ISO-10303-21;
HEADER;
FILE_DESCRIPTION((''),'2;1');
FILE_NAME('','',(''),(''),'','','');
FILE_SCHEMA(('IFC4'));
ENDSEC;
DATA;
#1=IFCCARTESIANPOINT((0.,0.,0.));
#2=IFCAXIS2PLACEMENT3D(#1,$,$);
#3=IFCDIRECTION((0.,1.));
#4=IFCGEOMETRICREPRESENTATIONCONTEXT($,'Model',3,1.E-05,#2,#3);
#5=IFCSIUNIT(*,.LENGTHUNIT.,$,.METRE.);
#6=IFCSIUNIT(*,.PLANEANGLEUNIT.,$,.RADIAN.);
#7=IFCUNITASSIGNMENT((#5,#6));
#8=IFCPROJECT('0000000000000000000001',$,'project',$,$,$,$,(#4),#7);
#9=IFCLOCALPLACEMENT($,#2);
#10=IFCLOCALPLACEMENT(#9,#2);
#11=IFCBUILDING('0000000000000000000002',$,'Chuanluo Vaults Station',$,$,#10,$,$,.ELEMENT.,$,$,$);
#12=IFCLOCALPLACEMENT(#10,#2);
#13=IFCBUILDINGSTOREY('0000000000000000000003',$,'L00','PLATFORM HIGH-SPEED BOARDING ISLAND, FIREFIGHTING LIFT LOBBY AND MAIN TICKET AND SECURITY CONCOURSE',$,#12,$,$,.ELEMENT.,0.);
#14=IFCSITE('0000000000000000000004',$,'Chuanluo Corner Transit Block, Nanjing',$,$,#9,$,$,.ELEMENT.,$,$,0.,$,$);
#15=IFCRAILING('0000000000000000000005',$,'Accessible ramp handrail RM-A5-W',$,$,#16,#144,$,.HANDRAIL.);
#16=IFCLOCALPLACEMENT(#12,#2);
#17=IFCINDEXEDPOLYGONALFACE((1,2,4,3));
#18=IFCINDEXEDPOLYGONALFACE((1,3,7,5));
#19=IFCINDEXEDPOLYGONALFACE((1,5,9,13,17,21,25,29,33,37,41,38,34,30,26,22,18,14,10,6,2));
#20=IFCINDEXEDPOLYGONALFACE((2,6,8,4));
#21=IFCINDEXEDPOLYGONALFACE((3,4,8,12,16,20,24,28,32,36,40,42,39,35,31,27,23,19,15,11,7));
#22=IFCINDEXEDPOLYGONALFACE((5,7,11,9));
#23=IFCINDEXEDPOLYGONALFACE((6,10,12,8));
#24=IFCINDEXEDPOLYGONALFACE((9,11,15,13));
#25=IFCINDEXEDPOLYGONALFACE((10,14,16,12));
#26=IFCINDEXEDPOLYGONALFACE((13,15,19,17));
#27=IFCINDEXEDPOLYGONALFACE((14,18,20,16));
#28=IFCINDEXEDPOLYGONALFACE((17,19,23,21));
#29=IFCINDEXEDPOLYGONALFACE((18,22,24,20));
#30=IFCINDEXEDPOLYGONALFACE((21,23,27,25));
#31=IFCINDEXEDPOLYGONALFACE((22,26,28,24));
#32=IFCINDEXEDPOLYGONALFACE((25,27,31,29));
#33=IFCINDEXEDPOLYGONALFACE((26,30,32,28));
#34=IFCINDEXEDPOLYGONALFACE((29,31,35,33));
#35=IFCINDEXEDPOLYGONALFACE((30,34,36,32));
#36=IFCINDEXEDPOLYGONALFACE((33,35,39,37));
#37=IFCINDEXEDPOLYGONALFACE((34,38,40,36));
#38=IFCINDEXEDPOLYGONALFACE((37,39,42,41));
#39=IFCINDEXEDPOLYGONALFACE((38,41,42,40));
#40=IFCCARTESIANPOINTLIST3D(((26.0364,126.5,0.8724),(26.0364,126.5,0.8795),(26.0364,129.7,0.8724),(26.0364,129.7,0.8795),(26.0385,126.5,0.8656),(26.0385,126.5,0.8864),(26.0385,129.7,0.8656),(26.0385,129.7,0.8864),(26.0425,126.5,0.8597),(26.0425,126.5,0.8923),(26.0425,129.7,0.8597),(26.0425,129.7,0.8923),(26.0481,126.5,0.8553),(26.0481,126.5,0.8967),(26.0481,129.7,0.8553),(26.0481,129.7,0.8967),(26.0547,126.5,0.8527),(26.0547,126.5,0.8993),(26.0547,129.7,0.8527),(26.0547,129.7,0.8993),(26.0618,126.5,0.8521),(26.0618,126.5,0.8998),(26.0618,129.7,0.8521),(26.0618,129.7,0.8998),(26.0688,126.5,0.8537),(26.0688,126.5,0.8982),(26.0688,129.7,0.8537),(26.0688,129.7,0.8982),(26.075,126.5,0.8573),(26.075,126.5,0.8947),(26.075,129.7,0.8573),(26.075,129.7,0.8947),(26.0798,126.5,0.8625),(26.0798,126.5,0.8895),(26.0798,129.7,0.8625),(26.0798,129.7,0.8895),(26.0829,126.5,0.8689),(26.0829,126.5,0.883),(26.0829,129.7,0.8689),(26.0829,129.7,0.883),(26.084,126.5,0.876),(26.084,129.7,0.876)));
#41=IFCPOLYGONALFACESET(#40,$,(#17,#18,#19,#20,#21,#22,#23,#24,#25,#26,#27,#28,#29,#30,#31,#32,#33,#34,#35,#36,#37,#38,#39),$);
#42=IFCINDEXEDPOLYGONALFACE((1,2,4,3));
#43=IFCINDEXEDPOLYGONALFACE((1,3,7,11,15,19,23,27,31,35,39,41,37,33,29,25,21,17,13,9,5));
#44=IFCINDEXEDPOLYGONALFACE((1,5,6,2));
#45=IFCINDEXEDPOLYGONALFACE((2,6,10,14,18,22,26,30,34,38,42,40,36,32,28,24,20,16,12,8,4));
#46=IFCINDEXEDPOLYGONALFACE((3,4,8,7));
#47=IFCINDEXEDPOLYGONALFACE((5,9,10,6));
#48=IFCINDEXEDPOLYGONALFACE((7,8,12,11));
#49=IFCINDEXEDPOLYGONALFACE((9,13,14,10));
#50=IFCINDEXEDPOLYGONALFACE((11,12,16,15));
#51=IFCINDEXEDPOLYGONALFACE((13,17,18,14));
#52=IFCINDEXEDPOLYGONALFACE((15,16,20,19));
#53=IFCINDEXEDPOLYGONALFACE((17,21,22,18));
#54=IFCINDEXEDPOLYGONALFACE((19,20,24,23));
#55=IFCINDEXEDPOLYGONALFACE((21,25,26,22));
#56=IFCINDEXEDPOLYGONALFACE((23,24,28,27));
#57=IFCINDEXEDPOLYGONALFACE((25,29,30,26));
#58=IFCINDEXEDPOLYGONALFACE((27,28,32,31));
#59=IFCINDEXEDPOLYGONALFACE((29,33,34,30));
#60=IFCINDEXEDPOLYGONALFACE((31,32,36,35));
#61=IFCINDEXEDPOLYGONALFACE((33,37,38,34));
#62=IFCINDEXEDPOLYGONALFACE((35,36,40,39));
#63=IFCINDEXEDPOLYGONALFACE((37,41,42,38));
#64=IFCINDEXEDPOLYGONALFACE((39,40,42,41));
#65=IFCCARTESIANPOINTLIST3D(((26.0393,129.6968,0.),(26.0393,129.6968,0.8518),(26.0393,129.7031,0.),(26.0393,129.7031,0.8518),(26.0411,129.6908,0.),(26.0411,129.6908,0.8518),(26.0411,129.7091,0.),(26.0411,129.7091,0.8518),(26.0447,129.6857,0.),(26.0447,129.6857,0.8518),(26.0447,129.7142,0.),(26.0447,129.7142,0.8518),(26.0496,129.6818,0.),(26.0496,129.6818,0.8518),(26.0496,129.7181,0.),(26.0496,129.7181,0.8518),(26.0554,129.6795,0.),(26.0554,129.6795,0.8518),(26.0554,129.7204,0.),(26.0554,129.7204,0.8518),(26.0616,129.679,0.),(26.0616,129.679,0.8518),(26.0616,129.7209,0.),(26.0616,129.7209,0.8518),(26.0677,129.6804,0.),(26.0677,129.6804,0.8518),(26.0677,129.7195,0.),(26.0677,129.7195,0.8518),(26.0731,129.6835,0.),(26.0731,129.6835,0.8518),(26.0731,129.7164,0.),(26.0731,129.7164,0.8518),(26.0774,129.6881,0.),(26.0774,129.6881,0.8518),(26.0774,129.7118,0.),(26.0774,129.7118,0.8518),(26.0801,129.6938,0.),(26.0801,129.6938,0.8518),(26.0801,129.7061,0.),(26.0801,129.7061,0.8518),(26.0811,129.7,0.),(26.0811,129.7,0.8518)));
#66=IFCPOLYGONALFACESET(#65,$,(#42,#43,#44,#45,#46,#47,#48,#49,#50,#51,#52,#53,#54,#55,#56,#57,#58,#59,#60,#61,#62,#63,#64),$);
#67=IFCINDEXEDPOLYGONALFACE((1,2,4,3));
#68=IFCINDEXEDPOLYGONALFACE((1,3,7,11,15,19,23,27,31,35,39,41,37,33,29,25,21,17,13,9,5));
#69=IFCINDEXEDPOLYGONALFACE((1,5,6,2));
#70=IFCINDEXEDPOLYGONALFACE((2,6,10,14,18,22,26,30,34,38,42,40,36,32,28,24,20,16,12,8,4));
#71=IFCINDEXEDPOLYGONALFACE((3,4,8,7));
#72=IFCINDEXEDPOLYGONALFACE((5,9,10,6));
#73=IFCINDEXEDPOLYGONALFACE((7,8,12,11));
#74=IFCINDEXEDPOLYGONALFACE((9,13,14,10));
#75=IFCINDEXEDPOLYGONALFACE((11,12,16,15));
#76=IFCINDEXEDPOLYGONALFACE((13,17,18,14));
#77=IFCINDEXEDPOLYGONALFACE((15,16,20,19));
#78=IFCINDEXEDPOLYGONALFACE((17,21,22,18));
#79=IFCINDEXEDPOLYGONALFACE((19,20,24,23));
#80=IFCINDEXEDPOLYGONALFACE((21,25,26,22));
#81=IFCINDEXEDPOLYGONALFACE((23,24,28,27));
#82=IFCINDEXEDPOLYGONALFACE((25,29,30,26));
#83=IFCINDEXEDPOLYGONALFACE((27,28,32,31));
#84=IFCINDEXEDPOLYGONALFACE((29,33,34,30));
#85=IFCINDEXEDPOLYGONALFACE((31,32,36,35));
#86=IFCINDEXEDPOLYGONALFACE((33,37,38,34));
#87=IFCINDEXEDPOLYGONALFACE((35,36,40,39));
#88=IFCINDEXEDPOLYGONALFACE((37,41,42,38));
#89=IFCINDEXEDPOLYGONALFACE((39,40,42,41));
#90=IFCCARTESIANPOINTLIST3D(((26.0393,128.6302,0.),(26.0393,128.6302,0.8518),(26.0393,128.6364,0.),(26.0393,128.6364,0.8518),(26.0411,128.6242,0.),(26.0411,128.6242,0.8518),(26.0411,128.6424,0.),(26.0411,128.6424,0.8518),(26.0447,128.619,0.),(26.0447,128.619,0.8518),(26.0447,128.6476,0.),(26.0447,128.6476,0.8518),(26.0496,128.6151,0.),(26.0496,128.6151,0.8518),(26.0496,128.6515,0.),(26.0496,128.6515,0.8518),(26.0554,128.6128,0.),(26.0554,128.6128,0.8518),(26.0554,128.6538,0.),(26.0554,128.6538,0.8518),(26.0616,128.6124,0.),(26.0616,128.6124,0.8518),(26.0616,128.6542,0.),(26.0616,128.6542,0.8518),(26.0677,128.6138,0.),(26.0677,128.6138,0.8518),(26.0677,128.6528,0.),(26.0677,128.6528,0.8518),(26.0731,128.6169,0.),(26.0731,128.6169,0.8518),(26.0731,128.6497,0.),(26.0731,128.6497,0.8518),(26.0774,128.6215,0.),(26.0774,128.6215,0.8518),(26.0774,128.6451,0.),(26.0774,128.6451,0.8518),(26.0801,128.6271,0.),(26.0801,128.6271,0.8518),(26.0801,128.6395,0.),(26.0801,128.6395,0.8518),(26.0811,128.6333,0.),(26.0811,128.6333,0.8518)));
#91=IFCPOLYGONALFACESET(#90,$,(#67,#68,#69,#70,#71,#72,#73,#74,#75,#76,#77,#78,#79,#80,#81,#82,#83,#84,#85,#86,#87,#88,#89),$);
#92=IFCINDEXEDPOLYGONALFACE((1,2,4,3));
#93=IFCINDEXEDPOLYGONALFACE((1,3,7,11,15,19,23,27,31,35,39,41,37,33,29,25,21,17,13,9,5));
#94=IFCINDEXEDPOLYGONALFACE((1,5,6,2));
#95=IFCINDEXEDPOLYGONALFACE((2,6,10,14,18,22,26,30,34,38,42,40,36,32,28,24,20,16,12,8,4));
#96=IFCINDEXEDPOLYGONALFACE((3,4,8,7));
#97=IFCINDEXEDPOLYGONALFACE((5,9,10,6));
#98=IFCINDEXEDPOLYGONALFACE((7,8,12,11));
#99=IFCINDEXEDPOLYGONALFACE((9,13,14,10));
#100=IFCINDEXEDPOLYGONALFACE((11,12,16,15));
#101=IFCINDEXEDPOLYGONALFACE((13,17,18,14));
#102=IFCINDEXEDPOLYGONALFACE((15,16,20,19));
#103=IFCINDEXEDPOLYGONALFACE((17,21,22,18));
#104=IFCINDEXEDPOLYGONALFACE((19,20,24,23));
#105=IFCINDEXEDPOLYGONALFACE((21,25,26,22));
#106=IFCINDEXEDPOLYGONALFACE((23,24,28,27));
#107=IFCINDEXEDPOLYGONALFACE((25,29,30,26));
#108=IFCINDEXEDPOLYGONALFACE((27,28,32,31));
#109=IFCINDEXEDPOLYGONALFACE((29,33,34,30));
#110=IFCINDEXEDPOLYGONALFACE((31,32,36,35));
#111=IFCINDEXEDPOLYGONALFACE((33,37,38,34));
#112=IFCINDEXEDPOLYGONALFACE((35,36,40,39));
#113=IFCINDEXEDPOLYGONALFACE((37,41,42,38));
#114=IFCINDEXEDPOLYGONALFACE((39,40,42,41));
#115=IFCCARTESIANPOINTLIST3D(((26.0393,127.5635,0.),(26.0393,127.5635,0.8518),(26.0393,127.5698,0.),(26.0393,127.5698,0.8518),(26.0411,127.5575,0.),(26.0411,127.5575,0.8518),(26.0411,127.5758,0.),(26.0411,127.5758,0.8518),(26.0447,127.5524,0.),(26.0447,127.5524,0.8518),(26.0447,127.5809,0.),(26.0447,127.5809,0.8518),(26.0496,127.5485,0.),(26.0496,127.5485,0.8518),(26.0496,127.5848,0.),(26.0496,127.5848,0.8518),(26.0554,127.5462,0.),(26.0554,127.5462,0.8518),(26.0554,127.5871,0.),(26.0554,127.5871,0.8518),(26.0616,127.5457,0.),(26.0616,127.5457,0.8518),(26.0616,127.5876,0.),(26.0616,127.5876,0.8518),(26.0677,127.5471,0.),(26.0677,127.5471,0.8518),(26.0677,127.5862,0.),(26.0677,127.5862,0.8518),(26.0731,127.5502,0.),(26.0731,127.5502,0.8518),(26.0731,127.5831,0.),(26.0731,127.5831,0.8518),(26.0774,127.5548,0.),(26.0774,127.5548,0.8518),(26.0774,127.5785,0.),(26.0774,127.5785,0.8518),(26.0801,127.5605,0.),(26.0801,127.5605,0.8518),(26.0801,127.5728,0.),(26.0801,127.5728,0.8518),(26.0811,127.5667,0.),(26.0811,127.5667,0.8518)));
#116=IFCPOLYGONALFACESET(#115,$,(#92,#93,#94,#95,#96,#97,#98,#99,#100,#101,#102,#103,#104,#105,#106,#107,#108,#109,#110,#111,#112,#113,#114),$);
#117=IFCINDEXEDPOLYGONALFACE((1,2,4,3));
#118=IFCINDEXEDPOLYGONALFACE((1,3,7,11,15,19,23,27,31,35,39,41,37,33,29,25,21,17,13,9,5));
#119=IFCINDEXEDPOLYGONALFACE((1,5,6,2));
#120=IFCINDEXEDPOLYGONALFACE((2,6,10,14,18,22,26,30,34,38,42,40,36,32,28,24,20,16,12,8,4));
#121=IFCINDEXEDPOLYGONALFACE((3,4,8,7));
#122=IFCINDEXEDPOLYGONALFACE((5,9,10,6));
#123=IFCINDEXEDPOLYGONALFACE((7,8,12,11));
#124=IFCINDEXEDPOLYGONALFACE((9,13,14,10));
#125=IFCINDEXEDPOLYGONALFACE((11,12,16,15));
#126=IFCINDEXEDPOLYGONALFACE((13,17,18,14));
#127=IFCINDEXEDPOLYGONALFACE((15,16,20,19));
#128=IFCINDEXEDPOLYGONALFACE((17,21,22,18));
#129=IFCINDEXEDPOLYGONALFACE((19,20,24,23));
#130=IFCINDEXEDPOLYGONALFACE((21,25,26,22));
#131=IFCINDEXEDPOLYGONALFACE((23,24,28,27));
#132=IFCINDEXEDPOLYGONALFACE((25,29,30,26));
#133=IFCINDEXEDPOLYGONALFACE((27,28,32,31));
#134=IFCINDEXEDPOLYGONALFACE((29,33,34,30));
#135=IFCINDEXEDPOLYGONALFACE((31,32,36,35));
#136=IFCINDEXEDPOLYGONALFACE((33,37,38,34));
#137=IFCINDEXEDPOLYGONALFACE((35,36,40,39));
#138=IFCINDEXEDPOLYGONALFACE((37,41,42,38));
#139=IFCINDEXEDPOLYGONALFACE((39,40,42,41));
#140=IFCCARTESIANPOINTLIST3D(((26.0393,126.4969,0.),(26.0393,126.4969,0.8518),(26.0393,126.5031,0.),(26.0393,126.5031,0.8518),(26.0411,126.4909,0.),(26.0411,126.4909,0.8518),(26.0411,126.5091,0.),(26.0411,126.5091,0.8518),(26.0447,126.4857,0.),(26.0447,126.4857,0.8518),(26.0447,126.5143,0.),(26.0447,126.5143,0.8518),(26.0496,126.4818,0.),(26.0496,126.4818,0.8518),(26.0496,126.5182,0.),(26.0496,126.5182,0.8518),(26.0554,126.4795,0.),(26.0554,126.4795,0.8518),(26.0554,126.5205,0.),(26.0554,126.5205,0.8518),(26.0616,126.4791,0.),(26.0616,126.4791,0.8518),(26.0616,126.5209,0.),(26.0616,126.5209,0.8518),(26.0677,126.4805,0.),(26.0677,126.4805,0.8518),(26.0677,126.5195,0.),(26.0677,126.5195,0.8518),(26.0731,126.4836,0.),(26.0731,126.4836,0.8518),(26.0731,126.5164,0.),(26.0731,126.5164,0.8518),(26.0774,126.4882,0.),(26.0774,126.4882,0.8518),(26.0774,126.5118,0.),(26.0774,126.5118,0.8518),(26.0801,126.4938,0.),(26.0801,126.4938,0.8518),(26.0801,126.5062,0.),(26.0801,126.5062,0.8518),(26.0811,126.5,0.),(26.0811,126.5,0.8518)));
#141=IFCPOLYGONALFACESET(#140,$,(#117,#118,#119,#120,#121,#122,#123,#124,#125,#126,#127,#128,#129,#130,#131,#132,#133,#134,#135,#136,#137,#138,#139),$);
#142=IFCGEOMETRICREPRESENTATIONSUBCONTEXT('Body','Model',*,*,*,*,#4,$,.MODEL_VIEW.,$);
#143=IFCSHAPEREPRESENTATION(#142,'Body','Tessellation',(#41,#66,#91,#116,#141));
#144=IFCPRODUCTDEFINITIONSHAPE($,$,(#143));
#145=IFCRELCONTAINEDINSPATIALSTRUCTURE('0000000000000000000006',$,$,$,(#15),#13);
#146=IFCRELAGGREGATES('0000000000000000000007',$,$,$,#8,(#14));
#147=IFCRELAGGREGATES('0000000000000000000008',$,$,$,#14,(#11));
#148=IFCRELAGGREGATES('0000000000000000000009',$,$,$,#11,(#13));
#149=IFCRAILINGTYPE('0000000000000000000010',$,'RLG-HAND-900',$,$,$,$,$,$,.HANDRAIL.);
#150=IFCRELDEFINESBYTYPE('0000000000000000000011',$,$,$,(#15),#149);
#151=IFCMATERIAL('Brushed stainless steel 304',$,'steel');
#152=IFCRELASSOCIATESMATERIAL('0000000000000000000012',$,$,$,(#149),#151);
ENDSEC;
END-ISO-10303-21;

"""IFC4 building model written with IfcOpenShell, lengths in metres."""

from ifc_helpers import new_model, si_unit, direction, frame, origin, origin_2d, place, context, subcontext, project, spatial, circle, extrude, material, type_object, element, save


model = new_model("IFC4")

# Units and contexts
model_context = context("Model", 3, precision=1e-05, world=origin(), true_north=direction((0.0, 1.0)))
body_context = subcontext(model_context, "Body", "Model", "MODEL_VIEW")
ifc_project = project(units=[si_unit("LENGTHUNIT", "METRE"), si_unit("PLANEANGLEUNIT", "RADIAN")], contexts=[model_context])

# Site, building, storey
site_placement = place(None, origin())
site = spatial("IfcSite", under=ifc_project, at=site_placement, Name="Chuanluo Corner Transit Block, Nanjing", CompositionType="ELEMENT", RefElevation=0.0)
building_placement = place(site_placement, origin())
building = spatial("IfcBuilding", under=site, at=building_placement, Name="Chuanluo Vaults Station", CompositionType="ELEMENT")
storey_placement = place(building_placement, origin())
storey = spatial("IfcBuildingStorey", under=building, at=storey_placement, Name="L00", Description="PLATFORM HIGH-SPEED BOARDING ISLAND, FIREFIGHTING LIFT LOBBY AND MAIN TICKET AND SECURITY CONCOURSE", CompositionType="ELEMENT", Elevation=0.0)

# Railing
ifc_material_1 = material(Name="Brushed stainless steel 304", Category="steel")
railing_type_1 = type_object("IfcRailingType", Name="RLG-HAND-900", PredefinedType="HANDRAIL", material=ifc_material_1)
for number, where, name in (
    (1, (26.0601, 129.7, 0.0), "Accessible ramp handrail RM-A5-W"),
):
    element("IfcRailing", number, at=place(storey_placement, frame(where)), inside=storey, type_object=railing_type_1, Name=name, PredefinedType="HANDRAIL", context=body_context, shape_type="SweptSolid", body=[
        extrude(circle(Radius=0.0239, at=origin_2d()), frame((0.0, 0.0, 0.876), z_axis=(0.0, -1.0, 0.0), x_axis=(1.0, 0.0, 0.0)), (0.0, 0.0, 1.0), 3.2),
        extrude(circle(Radius=0.021, at=origin_2d()), origin(), (0.0, 0.0, 1.0), 0.8518),
        extrude(circle(Radius=0.021, at=origin_2d()), frame((0.0, -1.0667, 0.0)), (0.0, 0.0, 1.0), 0.8518),
        extrude(circle(Radius=0.021, at=origin_2d()), frame((0.0, -2.1333, 0.0)), (0.0, 0.0, 1.0), 0.8518),
        extrude(circle(Radius=0.021, at=origin_2d()), frame((0.0, -3.2, 0.0)), (0.0, 0.0, 1.0), 0.8518),
    ])

save(model, "model.ifc")
